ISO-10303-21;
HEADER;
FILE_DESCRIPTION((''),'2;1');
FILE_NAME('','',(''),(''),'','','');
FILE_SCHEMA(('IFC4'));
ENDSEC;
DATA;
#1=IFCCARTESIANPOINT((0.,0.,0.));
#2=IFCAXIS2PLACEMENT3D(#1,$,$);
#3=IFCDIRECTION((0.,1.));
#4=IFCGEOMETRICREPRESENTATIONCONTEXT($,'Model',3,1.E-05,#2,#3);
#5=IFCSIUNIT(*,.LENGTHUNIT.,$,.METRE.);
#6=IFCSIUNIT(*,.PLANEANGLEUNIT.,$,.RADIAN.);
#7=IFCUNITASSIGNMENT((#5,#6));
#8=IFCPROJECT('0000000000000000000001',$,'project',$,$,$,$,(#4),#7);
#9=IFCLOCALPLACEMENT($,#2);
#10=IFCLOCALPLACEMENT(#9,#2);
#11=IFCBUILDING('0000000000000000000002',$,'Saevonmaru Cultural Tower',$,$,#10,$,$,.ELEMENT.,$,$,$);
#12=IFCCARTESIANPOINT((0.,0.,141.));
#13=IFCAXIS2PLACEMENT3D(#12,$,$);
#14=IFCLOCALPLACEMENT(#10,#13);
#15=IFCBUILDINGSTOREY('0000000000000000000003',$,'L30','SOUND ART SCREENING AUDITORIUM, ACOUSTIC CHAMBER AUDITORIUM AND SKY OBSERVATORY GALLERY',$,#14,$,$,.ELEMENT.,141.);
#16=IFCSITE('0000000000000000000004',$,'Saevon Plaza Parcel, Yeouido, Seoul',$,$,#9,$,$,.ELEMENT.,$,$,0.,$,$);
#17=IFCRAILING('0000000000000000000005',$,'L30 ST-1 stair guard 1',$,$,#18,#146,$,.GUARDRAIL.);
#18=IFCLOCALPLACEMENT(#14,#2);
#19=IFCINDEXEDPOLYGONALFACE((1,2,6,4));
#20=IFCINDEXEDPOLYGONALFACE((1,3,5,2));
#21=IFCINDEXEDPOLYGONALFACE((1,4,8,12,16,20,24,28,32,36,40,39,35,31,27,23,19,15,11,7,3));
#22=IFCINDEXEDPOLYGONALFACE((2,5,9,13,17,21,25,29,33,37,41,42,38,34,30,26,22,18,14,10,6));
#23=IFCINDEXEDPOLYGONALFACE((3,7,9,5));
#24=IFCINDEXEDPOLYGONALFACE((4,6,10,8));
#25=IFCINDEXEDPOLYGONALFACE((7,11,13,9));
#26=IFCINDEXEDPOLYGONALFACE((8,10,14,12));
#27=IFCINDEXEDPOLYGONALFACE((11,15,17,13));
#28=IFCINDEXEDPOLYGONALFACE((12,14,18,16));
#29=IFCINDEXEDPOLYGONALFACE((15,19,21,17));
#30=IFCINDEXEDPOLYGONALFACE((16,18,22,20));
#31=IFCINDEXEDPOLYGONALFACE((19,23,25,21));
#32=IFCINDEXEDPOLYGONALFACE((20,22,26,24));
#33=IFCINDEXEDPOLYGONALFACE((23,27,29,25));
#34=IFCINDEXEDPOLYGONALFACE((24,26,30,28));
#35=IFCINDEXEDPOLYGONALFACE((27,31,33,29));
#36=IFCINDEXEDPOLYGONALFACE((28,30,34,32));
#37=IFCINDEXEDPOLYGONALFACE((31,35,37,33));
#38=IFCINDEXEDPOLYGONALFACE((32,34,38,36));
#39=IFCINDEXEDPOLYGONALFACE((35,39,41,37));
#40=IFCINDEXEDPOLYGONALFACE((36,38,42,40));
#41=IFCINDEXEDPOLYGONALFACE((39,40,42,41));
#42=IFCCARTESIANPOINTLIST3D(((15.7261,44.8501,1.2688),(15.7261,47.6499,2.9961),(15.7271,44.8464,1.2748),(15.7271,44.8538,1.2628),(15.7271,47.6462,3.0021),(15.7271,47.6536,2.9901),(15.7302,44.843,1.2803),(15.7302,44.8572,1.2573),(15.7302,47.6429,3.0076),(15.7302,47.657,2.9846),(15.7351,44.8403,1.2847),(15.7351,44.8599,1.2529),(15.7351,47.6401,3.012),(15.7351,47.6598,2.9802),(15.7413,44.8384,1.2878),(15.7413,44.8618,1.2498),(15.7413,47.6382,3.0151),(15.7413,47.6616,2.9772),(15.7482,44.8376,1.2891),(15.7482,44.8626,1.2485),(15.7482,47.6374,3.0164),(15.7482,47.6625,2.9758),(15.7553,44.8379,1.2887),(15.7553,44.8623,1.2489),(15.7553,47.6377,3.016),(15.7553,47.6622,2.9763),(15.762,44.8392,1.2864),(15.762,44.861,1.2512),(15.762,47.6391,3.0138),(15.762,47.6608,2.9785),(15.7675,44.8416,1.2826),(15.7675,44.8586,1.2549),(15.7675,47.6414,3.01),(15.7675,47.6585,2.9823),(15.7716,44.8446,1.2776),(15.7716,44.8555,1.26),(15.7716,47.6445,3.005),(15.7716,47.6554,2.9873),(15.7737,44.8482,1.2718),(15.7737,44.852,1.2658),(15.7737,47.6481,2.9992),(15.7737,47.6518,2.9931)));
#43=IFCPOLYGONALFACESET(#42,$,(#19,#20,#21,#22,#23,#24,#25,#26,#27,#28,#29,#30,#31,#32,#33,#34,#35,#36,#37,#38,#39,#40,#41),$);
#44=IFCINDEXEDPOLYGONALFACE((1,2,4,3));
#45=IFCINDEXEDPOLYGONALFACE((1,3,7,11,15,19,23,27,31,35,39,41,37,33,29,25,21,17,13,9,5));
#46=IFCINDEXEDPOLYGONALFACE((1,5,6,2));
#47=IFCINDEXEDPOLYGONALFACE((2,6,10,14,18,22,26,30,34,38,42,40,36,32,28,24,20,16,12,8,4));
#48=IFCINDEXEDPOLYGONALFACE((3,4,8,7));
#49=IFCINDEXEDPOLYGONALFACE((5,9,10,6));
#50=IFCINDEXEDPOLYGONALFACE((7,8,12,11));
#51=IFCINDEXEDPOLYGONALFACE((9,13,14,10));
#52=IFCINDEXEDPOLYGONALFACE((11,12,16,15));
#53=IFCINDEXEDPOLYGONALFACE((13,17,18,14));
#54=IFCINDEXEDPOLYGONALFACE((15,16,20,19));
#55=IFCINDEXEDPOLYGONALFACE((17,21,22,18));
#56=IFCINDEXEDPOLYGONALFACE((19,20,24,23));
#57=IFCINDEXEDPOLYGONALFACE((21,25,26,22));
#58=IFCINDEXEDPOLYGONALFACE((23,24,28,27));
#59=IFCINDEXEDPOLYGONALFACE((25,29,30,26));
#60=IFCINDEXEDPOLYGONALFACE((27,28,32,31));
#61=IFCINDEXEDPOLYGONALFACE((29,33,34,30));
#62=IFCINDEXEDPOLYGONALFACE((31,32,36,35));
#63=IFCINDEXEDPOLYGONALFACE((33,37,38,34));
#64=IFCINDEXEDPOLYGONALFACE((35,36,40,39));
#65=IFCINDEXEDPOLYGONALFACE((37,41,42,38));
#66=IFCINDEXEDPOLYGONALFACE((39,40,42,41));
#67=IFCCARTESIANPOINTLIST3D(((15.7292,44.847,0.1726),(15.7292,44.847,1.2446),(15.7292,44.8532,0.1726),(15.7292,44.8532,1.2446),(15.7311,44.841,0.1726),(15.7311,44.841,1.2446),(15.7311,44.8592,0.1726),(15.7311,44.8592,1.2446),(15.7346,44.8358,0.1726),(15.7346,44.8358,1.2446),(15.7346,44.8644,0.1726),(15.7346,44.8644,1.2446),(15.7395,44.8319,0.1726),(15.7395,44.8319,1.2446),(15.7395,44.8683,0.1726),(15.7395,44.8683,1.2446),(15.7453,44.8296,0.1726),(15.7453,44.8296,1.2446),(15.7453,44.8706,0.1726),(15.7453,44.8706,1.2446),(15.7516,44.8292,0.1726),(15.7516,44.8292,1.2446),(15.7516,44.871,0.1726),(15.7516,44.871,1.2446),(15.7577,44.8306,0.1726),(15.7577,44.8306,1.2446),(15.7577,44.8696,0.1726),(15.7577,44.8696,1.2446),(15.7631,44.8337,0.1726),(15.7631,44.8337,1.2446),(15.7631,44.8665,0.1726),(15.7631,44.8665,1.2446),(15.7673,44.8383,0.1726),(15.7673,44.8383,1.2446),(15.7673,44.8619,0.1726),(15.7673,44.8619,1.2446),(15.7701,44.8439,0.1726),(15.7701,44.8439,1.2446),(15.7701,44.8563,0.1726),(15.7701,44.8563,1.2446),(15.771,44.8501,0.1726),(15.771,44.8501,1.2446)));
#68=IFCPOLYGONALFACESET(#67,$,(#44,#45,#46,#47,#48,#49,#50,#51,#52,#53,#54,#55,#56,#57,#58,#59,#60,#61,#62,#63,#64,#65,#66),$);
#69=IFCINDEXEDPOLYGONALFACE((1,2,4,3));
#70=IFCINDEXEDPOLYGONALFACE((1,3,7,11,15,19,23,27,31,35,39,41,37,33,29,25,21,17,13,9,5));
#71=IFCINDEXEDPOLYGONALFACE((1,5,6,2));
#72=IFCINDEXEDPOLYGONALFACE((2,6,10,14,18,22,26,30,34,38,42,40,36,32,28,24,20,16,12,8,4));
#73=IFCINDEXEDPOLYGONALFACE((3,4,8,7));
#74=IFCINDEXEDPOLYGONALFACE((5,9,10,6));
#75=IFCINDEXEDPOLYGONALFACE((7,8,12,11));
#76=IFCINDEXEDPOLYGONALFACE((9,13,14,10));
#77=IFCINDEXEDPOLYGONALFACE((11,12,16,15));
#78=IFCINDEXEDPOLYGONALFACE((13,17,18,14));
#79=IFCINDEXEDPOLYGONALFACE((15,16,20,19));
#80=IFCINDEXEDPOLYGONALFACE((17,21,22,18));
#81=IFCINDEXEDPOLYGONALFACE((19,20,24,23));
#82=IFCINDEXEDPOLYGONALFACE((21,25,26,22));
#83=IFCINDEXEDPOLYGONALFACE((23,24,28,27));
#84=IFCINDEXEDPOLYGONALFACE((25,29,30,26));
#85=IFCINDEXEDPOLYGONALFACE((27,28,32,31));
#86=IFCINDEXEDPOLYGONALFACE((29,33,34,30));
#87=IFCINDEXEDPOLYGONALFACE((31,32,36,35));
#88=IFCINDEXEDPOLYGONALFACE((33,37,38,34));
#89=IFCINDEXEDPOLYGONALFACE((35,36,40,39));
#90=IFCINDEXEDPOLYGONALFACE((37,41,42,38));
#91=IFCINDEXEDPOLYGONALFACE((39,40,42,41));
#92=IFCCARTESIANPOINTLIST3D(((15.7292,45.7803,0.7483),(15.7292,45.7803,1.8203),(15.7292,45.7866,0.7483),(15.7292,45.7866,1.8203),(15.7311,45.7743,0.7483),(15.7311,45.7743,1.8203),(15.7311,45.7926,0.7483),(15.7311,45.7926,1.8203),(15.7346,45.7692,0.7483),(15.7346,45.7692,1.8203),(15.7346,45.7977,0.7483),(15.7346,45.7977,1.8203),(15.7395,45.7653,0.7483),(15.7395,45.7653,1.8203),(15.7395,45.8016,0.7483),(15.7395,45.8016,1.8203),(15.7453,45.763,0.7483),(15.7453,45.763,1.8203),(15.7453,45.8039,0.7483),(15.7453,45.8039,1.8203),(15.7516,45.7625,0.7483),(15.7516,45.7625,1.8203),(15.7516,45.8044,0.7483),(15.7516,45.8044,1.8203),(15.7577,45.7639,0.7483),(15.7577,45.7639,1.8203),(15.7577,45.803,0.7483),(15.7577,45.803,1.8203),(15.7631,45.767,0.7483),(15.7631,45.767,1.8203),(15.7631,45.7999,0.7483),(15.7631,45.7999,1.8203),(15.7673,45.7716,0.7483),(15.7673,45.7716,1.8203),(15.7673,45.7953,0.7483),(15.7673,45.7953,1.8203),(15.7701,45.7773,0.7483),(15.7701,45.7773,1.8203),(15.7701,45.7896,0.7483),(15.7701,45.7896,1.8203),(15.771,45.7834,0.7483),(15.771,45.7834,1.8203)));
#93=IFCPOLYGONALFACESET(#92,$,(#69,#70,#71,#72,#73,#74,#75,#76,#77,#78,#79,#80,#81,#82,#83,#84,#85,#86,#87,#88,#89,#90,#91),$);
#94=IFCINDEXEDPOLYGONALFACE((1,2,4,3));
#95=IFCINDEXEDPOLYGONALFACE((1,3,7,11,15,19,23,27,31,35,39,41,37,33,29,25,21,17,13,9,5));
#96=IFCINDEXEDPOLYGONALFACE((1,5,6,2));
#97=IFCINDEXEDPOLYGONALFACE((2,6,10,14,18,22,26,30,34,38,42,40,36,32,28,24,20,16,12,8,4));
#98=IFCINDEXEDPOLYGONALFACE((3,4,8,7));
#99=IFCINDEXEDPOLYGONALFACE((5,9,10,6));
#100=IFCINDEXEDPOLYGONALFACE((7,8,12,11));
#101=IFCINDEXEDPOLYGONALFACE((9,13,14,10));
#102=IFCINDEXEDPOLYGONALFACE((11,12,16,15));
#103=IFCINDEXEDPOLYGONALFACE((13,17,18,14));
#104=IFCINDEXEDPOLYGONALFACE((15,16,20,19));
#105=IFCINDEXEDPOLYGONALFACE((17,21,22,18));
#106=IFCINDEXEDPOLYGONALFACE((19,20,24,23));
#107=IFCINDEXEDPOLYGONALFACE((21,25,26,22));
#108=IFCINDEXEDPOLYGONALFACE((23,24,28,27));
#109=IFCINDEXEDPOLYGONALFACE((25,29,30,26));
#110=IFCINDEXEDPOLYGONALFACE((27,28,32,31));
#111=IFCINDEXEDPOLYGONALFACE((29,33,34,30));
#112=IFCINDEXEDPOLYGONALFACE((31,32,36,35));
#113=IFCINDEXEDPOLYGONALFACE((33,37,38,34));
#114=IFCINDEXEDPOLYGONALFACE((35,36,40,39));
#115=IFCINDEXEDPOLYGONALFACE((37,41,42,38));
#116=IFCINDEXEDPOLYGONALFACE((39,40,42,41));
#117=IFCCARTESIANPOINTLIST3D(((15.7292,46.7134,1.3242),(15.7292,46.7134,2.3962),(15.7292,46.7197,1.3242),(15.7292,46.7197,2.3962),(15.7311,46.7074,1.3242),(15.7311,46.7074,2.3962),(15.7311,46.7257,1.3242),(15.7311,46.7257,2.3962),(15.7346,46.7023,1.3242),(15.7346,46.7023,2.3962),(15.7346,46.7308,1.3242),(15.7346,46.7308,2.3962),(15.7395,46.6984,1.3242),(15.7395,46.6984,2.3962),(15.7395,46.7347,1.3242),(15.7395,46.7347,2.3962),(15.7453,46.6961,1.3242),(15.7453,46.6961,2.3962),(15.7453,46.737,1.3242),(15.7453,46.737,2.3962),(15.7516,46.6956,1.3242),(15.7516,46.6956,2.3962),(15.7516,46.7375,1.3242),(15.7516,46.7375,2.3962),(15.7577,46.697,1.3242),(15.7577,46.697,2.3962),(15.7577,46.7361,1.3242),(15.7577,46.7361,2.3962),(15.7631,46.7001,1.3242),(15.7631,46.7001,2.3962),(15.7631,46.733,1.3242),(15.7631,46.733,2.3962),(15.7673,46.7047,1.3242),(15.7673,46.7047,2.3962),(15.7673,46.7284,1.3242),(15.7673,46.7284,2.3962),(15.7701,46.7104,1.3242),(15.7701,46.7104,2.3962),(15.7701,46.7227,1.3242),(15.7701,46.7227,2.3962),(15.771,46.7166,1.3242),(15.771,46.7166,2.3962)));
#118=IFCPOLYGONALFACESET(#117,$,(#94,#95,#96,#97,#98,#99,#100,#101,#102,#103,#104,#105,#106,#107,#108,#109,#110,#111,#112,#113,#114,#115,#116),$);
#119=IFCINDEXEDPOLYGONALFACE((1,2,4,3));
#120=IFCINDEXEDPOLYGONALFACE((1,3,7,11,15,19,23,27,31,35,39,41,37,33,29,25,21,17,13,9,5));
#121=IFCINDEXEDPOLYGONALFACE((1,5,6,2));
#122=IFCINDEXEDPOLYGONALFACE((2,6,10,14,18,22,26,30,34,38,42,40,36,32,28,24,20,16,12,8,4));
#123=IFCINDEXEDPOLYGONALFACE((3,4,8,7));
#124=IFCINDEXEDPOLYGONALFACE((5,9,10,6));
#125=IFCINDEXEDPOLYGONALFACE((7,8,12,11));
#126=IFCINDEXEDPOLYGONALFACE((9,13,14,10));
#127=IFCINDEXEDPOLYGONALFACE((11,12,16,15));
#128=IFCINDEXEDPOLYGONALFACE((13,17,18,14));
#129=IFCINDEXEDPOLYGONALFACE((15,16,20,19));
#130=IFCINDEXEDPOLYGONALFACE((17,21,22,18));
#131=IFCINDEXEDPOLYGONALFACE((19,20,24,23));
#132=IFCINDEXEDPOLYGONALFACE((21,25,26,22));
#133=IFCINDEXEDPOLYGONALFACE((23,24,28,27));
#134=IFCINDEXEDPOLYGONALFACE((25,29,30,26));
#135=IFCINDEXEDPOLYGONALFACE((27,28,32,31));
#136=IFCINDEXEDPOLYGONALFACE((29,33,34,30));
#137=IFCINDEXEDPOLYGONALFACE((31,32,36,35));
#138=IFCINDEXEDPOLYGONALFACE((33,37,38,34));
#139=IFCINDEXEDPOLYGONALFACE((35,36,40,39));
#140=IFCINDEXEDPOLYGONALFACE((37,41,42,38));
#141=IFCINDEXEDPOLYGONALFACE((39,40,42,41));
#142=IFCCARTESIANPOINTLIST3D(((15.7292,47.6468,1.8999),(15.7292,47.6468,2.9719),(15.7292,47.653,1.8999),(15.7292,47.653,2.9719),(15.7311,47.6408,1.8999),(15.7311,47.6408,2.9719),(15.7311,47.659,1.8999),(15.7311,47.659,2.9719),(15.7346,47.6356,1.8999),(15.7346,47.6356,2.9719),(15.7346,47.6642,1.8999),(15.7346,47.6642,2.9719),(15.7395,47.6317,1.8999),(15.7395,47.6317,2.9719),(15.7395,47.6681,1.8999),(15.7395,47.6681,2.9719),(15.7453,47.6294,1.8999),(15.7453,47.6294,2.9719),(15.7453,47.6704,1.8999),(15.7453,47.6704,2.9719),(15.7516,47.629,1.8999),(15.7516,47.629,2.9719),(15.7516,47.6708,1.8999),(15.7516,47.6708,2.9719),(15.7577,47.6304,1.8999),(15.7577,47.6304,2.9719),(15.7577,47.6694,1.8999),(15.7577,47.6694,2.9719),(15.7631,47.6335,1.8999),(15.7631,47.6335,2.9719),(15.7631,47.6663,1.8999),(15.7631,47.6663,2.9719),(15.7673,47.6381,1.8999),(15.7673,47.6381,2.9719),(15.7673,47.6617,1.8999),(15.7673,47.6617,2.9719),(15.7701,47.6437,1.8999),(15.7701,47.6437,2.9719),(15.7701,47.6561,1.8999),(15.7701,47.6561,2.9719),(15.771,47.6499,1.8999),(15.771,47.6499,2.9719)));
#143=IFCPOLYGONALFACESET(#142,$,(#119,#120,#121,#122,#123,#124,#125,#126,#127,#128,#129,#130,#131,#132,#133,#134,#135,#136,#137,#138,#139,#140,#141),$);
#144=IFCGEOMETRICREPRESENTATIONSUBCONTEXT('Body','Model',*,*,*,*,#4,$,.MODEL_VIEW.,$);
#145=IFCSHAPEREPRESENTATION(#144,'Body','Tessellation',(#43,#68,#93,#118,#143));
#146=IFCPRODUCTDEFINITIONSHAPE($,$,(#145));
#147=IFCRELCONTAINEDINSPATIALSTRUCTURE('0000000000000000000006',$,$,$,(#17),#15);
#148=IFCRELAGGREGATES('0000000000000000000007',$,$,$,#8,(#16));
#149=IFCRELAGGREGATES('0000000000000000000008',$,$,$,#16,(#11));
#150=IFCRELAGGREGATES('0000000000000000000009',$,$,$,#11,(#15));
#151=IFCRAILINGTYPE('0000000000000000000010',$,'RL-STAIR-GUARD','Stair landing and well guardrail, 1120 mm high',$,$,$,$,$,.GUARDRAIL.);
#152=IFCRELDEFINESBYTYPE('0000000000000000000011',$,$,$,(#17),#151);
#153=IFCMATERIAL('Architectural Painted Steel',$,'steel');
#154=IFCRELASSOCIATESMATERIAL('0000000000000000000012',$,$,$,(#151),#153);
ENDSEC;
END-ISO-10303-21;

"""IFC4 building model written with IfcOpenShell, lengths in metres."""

from ifc_helpers import new_model, si_unit, direction, frame, origin, origin_2d, place, context, subcontext, project, spatial, circle, extrude, material, type_object, element, save


model = new_model("IFC4")

# Units and contexts
model_context = context("Model", 3, precision=1e-05, world=origin(), true_north=direction((0.0, 1.0)))
body_context = subcontext(model_context, "Body", "Model", "MODEL_VIEW")
ifc_project = project(units=[si_unit("LENGTHUNIT", "METRE"), si_unit("PLANEANGLEUNIT", "RADIAN")], contexts=[model_context])

# Site, building, storey
site_placement = place(None, origin())
site = spatial("IfcSite", under=ifc_project, at=site_placement, Name="Saevon Plaza Parcel, Yeouido, Seoul", CompositionType="ELEMENT", RefElevation=0.0)
building_placement = place(site_placement, origin())
building = spatial("IfcBuilding", under=site, at=building_placement, Name="Saevonmaru Cultural Tower", CompositionType="ELEMENT")
storey_placement = place(building_placement, frame((0.0, 0.0, 141.0)))
storey = spatial("IfcBuildingStorey", under=building, at=storey_placement, Name="L30", Description="SOUND ART SCREENING AUDITORIUM, ACOUSTIC CHAMBER AUDITORIUM AND SKY OBSERVATORY GALLERY", CompositionType="ELEMENT", Elevation=141.0)

# Railing
ifc_material_1 = material(Name="Architectural Painted Steel", Category="steel")
railing_type_1 = type_object("IfcRailingType", Name="RL-STAIR-GUARD", Description="Stair landing and well guardrail, 1120 mm high", PredefinedType="GUARDRAIL", material=ifc_material_1)
railing_1_placement = place(storey_placement, frame((15.75, 44.8501, 0.1726)))
element("IfcRailing", 1, at=railing_1_placement, inside=storey, type_object=railing_type_1, Name="L30 ST-1 stair guard 1", PredefinedType="GUARDRAIL", context=body_context, shape_type="SweptSolid", body=[
    extrude(circle(Radius=0.0239, at=origin_2d()), frame((0.0, 0.0, 1.0962), z_axis=(0.0, 0.851069, 0.525054), x_axis=(-1.0, 0.0, 0.0)), (0.0, 0.0, 1.0), 3.2898),
    extrude(circle(Radius=0.021, at=origin_2d()), origin(), (0.0, 0.0, 1.0), 1.072),
    extrude(circle(Radius=0.021, at=origin_2d()), frame((0.0, 0.9333, 0.5757)), (0.0, 0.0, 1.0), 1.072),
    extrude(circle(Radius=0.021, at=origin_2d()), frame((0.0, 1.8665, 1.1516)), (0.0, 0.0, 1.0), 1.072),
    extrude(circle(Radius=0.021, at=origin_2d()), frame((0.0, 2.7998, 1.7273)), (0.0, 0.0, 1.0), 1.072),
])

save(model, "model.ifc")
